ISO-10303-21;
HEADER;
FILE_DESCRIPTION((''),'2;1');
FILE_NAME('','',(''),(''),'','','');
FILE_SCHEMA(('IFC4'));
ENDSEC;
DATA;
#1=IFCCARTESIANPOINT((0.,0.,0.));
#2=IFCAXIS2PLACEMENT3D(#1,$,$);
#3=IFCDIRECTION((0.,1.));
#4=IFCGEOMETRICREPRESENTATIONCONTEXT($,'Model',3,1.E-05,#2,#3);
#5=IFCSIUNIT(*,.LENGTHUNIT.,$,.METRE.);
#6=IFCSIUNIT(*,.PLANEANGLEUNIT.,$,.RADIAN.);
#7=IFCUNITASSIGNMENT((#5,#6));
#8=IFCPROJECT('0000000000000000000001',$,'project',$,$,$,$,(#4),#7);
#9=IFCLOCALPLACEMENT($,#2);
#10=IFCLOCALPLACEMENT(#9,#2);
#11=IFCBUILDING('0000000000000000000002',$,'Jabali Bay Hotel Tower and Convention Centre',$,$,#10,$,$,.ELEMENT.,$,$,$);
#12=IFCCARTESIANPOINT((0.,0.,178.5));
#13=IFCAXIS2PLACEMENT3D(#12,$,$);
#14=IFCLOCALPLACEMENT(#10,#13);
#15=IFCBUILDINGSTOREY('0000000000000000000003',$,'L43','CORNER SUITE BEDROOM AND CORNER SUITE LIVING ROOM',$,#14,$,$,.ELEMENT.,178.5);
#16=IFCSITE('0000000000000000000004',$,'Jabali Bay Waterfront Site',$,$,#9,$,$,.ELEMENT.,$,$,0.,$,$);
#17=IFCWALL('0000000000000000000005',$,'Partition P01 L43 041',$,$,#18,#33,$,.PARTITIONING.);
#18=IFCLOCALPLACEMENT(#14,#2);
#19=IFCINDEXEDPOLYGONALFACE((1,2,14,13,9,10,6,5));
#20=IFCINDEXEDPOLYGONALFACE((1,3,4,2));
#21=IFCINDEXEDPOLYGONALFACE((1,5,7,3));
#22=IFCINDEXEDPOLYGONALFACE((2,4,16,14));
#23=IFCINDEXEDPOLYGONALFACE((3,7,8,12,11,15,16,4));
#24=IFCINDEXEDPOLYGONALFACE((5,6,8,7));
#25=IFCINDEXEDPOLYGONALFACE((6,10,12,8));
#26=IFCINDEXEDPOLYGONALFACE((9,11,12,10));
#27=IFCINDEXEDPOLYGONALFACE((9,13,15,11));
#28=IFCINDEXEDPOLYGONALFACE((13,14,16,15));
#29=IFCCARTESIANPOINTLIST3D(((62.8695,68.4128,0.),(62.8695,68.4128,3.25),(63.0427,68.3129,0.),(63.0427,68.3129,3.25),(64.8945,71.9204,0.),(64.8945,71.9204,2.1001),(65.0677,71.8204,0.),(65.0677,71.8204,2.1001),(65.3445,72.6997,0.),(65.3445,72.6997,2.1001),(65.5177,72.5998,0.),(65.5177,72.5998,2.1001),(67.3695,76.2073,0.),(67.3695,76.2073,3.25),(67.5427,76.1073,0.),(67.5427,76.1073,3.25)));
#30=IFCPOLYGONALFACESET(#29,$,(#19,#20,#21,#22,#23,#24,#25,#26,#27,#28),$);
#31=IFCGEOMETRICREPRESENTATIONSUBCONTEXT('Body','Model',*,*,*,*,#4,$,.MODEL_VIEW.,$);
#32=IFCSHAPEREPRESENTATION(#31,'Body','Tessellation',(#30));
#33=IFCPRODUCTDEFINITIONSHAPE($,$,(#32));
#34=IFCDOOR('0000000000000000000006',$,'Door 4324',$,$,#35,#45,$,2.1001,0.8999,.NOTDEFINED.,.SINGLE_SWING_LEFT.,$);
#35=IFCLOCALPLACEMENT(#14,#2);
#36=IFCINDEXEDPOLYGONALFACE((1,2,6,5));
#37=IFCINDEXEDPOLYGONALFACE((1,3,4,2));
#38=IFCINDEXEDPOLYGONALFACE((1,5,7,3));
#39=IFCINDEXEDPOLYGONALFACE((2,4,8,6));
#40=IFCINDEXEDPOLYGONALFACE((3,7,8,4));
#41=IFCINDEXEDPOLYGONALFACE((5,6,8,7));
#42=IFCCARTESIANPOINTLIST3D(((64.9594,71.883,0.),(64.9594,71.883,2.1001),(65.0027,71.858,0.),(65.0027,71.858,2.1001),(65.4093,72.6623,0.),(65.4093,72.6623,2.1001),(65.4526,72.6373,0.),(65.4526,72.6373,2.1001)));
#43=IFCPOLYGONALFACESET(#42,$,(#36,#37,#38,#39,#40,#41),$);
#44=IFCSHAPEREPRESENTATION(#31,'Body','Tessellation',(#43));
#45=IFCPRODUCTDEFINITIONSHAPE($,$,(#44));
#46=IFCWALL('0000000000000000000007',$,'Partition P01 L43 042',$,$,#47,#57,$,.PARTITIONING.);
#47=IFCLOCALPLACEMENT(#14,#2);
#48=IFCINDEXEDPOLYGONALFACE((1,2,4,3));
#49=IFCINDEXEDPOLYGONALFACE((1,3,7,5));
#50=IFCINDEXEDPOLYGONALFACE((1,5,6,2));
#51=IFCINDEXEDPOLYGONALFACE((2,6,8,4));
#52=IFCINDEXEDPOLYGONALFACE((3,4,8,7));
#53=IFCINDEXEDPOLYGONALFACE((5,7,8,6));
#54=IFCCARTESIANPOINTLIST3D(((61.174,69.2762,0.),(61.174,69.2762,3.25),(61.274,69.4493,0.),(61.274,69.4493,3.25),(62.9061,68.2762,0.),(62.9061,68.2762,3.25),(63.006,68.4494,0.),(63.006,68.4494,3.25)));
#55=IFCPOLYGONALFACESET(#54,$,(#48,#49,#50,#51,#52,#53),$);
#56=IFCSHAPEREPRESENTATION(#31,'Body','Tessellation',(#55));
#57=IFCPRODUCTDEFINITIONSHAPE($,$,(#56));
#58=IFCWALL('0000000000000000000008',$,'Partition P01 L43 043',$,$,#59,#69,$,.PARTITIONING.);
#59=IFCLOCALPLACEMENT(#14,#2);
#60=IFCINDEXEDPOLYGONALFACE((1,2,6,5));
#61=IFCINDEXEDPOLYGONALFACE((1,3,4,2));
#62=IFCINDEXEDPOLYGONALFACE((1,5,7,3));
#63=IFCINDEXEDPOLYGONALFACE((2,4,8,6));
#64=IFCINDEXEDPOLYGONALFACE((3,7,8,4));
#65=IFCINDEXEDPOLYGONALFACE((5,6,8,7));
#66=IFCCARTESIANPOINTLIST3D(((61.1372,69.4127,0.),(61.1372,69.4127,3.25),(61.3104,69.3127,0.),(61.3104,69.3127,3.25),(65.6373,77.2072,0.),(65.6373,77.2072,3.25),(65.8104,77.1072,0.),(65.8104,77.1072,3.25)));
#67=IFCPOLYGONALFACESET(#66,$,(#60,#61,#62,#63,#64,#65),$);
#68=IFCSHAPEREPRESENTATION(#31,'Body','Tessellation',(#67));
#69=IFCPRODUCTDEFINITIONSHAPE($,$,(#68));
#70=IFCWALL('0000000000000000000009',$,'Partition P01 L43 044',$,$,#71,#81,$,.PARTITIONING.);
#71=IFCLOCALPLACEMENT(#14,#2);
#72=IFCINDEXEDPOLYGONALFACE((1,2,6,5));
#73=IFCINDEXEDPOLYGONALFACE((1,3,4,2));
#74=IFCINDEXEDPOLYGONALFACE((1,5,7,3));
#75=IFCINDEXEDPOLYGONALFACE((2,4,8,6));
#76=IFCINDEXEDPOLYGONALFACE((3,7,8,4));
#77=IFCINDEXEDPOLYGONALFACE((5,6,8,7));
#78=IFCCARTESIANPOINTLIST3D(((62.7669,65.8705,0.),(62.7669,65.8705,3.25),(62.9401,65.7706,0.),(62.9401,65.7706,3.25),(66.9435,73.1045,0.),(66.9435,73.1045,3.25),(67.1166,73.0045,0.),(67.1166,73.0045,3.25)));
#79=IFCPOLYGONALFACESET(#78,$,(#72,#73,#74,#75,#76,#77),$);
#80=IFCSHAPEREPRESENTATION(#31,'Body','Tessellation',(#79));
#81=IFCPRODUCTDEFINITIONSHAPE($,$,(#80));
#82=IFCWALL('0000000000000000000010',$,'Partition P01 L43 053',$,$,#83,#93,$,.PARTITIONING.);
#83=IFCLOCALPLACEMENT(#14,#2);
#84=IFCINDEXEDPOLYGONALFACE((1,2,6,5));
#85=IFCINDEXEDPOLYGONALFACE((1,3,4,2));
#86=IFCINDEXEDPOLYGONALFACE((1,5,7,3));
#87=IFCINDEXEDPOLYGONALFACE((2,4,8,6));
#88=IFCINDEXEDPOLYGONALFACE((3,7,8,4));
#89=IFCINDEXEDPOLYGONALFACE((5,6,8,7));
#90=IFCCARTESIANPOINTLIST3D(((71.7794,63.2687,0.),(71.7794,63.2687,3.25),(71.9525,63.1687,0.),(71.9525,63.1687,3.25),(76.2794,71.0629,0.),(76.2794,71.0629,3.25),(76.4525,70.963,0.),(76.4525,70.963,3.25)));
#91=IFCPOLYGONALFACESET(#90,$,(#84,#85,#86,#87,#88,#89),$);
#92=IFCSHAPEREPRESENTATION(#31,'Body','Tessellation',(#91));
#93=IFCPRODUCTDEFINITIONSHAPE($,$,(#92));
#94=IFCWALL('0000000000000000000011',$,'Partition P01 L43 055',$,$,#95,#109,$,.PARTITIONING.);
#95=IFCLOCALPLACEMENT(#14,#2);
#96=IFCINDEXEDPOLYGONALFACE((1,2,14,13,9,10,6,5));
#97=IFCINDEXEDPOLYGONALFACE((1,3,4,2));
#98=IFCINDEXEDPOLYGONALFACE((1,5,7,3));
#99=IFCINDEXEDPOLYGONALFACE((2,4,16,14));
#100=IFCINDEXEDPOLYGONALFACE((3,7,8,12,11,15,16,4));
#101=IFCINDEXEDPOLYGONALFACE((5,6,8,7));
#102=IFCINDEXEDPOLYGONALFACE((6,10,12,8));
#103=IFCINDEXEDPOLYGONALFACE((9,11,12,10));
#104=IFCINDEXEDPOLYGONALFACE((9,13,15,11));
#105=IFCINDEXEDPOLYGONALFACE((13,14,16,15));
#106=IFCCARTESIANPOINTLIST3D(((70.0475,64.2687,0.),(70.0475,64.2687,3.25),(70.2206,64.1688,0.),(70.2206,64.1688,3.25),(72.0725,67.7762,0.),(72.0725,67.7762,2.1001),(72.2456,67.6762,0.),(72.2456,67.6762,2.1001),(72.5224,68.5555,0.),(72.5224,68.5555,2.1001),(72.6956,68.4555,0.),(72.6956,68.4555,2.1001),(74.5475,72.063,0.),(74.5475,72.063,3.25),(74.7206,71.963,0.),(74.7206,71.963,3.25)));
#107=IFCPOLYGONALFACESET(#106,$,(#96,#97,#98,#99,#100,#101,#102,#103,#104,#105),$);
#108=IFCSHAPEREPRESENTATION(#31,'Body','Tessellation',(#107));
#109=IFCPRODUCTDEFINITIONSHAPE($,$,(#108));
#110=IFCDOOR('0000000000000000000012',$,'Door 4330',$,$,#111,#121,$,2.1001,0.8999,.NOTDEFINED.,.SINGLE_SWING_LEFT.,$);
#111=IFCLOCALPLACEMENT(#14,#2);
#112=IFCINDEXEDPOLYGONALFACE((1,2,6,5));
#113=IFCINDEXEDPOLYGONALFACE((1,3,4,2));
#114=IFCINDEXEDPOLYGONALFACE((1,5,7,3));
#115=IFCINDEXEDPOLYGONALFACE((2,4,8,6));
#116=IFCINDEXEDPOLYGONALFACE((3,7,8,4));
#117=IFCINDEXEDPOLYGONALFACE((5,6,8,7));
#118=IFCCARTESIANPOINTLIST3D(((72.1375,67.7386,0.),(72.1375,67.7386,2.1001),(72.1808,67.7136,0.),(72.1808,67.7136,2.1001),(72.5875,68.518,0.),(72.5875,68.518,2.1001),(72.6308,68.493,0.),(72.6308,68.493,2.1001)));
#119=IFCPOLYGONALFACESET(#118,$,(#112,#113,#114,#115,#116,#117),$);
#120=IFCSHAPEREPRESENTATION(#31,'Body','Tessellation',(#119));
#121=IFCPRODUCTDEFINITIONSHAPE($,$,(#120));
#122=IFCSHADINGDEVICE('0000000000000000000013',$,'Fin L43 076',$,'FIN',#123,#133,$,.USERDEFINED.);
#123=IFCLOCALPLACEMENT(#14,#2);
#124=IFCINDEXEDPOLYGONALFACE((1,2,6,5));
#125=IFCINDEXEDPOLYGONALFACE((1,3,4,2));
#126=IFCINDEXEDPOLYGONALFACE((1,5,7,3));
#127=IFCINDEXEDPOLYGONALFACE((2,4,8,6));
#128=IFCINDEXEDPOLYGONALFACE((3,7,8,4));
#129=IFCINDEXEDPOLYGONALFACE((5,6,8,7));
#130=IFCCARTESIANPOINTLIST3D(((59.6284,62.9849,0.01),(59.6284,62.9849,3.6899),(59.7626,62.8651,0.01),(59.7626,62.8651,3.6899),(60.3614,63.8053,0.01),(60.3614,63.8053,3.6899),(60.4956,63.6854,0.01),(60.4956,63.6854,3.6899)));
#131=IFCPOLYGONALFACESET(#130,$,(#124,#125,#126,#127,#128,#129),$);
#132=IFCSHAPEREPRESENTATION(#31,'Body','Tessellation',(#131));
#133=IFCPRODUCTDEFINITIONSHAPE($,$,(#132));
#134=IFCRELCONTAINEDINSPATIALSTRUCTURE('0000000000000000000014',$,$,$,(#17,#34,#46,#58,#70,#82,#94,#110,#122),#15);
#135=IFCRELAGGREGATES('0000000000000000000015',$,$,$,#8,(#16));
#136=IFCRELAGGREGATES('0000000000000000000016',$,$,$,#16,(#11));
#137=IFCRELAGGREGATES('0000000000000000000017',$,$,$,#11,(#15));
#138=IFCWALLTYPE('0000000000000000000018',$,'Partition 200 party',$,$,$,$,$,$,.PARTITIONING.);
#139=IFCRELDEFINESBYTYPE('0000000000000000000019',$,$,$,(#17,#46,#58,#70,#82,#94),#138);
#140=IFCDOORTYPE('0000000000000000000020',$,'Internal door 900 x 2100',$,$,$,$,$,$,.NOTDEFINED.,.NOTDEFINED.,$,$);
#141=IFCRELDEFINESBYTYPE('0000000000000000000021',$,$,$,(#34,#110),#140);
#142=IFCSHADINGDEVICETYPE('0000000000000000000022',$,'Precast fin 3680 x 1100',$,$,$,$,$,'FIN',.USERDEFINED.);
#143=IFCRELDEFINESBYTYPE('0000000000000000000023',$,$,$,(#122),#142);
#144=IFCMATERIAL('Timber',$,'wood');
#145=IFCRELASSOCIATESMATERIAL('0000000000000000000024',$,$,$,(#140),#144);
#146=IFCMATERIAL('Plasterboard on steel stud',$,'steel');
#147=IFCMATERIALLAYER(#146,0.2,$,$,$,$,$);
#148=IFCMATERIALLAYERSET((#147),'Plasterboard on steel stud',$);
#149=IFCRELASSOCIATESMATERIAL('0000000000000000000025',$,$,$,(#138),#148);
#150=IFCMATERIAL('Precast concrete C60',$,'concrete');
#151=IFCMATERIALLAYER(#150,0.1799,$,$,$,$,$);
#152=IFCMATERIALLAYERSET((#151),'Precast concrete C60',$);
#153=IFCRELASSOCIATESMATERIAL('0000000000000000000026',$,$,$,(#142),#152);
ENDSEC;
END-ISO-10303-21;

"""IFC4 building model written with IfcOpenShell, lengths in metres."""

from ifc_helpers import new_model, si_unit, direction, frame, frame_2d, origin, place, context, subcontext, project, spatial, rectangle, extrude, material, layer, layer_set, type_object, element, fill, save


model = new_model("IFC4")

# Units and contexts
model_context = context("Model", 3, precision=1e-05, world=origin(), true_north=direction((0.0, 1.0)))
body_context = subcontext(model_context, "Body", "Model", "MODEL_VIEW")
ifc_project = project(units=[si_unit("LENGTHUNIT", "METRE"), si_unit("PLANEANGLEUNIT", "RADIAN")], contexts=[model_context])

# Site, building, storey
site_placement = place(None, origin())
site = spatial("IfcSite", under=ifc_project, at=site_placement, Name="Jabali Bay Waterfront Site", CompositionType="ELEMENT", RefElevation=0.0)
building_placement = place(site_placement, origin())
building = spatial("IfcBuilding", under=site, at=building_placement, Name="Jabali Bay Hotel Tower and Convention Centre", CompositionType="ELEMENT")
storey_placement = place(building_placement, frame((0.0, 0.0, 178.5)))
storey = spatial("IfcBuildingStorey", under=building, at=storey_placement, Name="L43", Description="CORNER SUITE BEDROOM AND CORNER SUITE LIVING ROOM", CompositionType="ELEMENT", Elevation=178.5)

# Shared definitions
ifc_material_1 = material(Name="Timber", Category="wood")

# Shared definitions
ifc_material_2 = material(Name="Plasterboard on steel stud", Category="steel")
door_type_1 = type_object("IfcDoorType", Name="Internal door 900 x 2100", OperationType="NOTDEFINED", PredefinedType="NOTDEFINED", material=ifc_material_1)

# Wall, opening, door
ifc_layer_1 = layer(ifc_material_2, 0.2)
ifc_layer_set_1 = layer_set([ifc_layer_1], Name="Plasterboard on steel stud")
wall_type_1 = type_object("IfcWallType", Name="Partition 200 party", PredefinedType="PARTITIONING", material=ifc_layer_set_1)
wall_1_placement = place(storey_placement, frame((67.4561, 76.1572, 0.0), z_axis=(0.0, 0.0, 1.0), x_axis=(-0.49999, -0.866031, 0.0)))
wall_1 = element("IfcWall", 1, at=wall_1_placement, inside=storey, type_object=wall_type_1, Name="Partition P01 L43 041", PredefinedType="PARTITIONING", context=body_context, shape_type="SweptSolid", body=[
    extrude(rectangle(XDim=9.0002, YDim=0.2, at=frame_2d((4.5, 0.0))), origin(), (0.0, 0.0, 1.0), 3.25),
])
opening_1_placement = place(wall_1_placement, frame((4.05, 0.0, 0.0)))
opening_1 = element("IfcOpeningElement", 2, at=opening_1_placement, cuts=wall_1, PredefinedType="OPENING", context=body_context, shape_type="SweptSolid", body=[
    extrude(rectangle(XDim=0.8999, YDim=2.1001, at=frame_2d((0.45, 1.05))), frame((0.0, 0.1104, 0.0), z_axis=(0.0, -1.0, 0.0), x_axis=(1.0, 0.0, 0.0)), (0.0, 0.0, 1.0), 0.2209),
])
door_1_placement = place(opening_1_placement, origin())
door_1 = element("IfcDoor", 3, at=door_1_placement, inside=storey, type_object=door_type_1, Name="Door 4324", OperationType="SINGLE_SWING_LEFT", OverallHeight=2.1001, OverallWidth=0.8999, PredefinedType="NOTDEFINED", context=body_context, shape_type="SweptSolid", body=[
    extrude(rectangle(XDim=0.8999, YDim=2.1001, at=frame_2d((0.45, 1.05))), frame((0.0, 0.0249, 0.0), z_axis=(0.0, -1.0, 0.0), x_axis=(1.0, 0.0, 0.0)), (0.0, 0.0, 1.0), 0.05),
])
fill(opening_1, door_1)

# Walls
wall_2_placement = place(storey_placement, frame((62.9561, 68.3628, 0.0), z_axis=(0.0, 0.0, 1.0), x_axis=(-0.866041, 0.499973, 0.0)))
element("IfcWall", 4, at=wall_2_placement, inside=storey, type_object=wall_type_1, Name="Partition P01 L43 042", PredefinedType="PARTITIONING", context=body_context, shape_type="SweptSolid", body=[
    extrude(rectangle(XDim=2.0, YDim=0.2, at=frame_2d((1.0, 0.0))), origin(), (0.0, 0.0, 1.0), 3.25),
])
wall_3_placement = place(storey_placement, frame((61.2239, 69.3628, 0.0), z_axis=(0.0, 0.0, 1.0), x_axis=(0.49999, 0.866031, 0.0)))
element("IfcWall", 5, at=wall_3_placement, inside=storey, type_object=wall_type_1, Name="Partition P01 L43 043", PredefinedType="PARTITIONING", context=body_context, shape_type="SweptSolid", body=[
    extrude(rectangle(XDim=9.0002, YDim=0.2, at=frame_2d((4.5, 0.0))), origin(), (0.0, 0.0, 1.0), 3.25),
])
wall_4_placement = place(storey_placement, frame((62.8535, 65.8206, 0.0), z_axis=(0.0, 0.0, 1.0), x_axis=(0.500002, 0.866024, 0.0)))
element("IfcWall", 6, at=wall_4_placement, inside=storey, type_object=wall_type_1, Name="Partition P01 L43 044", PredefinedType="PARTITIONING", context=body_context, shape_type="SweptSolid", body=[
    extrude(rectangle(XDim=8.353, YDim=0.2, at=frame_2d((4.1765, 0.0))), origin(), (0.0, 0.0, 1.0), 3.25),
])
wall_5_placement = place(storey_placement, frame((76.366, 71.0129, 0.0), z_axis=(0.0, 0.0, 1.0), x_axis=(-0.500002, -0.866024, 0.0)))
element("IfcWall", 7, at=wall_5_placement, inside=storey, type_object=wall_type_1, Name="Partition P01 L43 053", PredefinedType="PARTITIONING", context=body_context, shape_type="SweptSolid", body=[
    extrude(rectangle(XDim=9.0, YDim=0.2, at=frame_2d((4.5, 0.0))), origin(), (0.0, 0.0, 1.0), 3.25),
])

# Wall, opening, door
wall_6_placement = place(storey_placement, frame((70.134, 64.2188, 0.0), z_axis=(0.0, 0.0, 1.0), x_axis=(0.500002, 0.866024, 0.0)))
wall_6 = element("IfcWall", 8, at=wall_6_placement, inside=storey, type_object=wall_type_1, Name="Partition P01 L43 055", PredefinedType="PARTITIONING", context=body_context, shape_type="SweptSolid", body=[
    extrude(rectangle(XDim=9.0, YDim=0.2, at=frame_2d((4.5, 0.0))), origin(), (0.0, 0.0, 1.0), 3.25),
])
opening_2_placement = place(wall_6_placement, frame((4.05, 0.0, 0.0)))
opening_2 = element("IfcOpeningElement", 9, at=opening_2_placement, cuts=wall_6, PredefinedType="OPENING", context=body_context, shape_type="SweptSolid", body=[
    extrude(rectangle(XDim=0.8999, YDim=2.1001, at=frame_2d((0.45, 1.05))), frame((0.0, 0.1104, 0.0), z_axis=(0.0, -1.0, 0.0), x_axis=(1.0, 0.0, 0.0)), (0.0, 0.0, 1.0), 0.2209),
])
door_2_placement = place(opening_2_placement, origin())
door_2 = element("IfcDoor", 10, at=door_2_placement, inside=storey, type_object=door_type_1, Name="Door 4330", OperationType="SINGLE_SWING_LEFT", OverallHeight=2.1001, OverallWidth=0.8999, PredefinedType="NOTDEFINED", context=body_context, shape_type="SweptSolid", body=[
    extrude(rectangle(XDim=0.8999, YDim=2.1001, at=frame_2d((0.45, 1.05))), frame((0.0, 0.0249, 0.0), z_axis=(0.0, -1.0, 0.0), x_axis=(1.0, 0.0, 0.0)), (0.0, 0.0, 1.0), 0.05),
])
fill(opening_2, door_2)

# Shading device
ifc_material_3 = material(Name="Precast concrete C60", Category="concrete")
ifc_layer_2 = layer(ifc_material_3, 0.1799)
ifc_layer_set_2 = layer_set([ifc_layer_2], Name="Precast concrete C60")
shading_device_type = type_object("IfcShadingDeviceType", Name="Precast fin 3680 x 1100", ElementType="FIN", PredefinedType="USERDEFINED", material=ifc_layer_set_2)
shading_device_placement = place(storey_placement, frame((60.4285, 63.7454, 0.01), z_axis=(0.0, 0.0, 1.0), x_axis=(-0.666263, -0.745717, 0.0)))
element("IfcShadingDevice", 11, at=shading_device_placement, inside=storey, type_object=shading_device_type, Name="Fin L43 076", ObjectType="FIN", PredefinedType="USERDEFINED", context=body_context, shape_type="SweptSolid", body=[
    extrude(rectangle(XDim=1.1001, YDim=0.1799, at=frame_2d((0.55, 0.0))), origin(), (0.0, 0.0, 1.0), 3.6799),
])

save(model, "model.ifc")
